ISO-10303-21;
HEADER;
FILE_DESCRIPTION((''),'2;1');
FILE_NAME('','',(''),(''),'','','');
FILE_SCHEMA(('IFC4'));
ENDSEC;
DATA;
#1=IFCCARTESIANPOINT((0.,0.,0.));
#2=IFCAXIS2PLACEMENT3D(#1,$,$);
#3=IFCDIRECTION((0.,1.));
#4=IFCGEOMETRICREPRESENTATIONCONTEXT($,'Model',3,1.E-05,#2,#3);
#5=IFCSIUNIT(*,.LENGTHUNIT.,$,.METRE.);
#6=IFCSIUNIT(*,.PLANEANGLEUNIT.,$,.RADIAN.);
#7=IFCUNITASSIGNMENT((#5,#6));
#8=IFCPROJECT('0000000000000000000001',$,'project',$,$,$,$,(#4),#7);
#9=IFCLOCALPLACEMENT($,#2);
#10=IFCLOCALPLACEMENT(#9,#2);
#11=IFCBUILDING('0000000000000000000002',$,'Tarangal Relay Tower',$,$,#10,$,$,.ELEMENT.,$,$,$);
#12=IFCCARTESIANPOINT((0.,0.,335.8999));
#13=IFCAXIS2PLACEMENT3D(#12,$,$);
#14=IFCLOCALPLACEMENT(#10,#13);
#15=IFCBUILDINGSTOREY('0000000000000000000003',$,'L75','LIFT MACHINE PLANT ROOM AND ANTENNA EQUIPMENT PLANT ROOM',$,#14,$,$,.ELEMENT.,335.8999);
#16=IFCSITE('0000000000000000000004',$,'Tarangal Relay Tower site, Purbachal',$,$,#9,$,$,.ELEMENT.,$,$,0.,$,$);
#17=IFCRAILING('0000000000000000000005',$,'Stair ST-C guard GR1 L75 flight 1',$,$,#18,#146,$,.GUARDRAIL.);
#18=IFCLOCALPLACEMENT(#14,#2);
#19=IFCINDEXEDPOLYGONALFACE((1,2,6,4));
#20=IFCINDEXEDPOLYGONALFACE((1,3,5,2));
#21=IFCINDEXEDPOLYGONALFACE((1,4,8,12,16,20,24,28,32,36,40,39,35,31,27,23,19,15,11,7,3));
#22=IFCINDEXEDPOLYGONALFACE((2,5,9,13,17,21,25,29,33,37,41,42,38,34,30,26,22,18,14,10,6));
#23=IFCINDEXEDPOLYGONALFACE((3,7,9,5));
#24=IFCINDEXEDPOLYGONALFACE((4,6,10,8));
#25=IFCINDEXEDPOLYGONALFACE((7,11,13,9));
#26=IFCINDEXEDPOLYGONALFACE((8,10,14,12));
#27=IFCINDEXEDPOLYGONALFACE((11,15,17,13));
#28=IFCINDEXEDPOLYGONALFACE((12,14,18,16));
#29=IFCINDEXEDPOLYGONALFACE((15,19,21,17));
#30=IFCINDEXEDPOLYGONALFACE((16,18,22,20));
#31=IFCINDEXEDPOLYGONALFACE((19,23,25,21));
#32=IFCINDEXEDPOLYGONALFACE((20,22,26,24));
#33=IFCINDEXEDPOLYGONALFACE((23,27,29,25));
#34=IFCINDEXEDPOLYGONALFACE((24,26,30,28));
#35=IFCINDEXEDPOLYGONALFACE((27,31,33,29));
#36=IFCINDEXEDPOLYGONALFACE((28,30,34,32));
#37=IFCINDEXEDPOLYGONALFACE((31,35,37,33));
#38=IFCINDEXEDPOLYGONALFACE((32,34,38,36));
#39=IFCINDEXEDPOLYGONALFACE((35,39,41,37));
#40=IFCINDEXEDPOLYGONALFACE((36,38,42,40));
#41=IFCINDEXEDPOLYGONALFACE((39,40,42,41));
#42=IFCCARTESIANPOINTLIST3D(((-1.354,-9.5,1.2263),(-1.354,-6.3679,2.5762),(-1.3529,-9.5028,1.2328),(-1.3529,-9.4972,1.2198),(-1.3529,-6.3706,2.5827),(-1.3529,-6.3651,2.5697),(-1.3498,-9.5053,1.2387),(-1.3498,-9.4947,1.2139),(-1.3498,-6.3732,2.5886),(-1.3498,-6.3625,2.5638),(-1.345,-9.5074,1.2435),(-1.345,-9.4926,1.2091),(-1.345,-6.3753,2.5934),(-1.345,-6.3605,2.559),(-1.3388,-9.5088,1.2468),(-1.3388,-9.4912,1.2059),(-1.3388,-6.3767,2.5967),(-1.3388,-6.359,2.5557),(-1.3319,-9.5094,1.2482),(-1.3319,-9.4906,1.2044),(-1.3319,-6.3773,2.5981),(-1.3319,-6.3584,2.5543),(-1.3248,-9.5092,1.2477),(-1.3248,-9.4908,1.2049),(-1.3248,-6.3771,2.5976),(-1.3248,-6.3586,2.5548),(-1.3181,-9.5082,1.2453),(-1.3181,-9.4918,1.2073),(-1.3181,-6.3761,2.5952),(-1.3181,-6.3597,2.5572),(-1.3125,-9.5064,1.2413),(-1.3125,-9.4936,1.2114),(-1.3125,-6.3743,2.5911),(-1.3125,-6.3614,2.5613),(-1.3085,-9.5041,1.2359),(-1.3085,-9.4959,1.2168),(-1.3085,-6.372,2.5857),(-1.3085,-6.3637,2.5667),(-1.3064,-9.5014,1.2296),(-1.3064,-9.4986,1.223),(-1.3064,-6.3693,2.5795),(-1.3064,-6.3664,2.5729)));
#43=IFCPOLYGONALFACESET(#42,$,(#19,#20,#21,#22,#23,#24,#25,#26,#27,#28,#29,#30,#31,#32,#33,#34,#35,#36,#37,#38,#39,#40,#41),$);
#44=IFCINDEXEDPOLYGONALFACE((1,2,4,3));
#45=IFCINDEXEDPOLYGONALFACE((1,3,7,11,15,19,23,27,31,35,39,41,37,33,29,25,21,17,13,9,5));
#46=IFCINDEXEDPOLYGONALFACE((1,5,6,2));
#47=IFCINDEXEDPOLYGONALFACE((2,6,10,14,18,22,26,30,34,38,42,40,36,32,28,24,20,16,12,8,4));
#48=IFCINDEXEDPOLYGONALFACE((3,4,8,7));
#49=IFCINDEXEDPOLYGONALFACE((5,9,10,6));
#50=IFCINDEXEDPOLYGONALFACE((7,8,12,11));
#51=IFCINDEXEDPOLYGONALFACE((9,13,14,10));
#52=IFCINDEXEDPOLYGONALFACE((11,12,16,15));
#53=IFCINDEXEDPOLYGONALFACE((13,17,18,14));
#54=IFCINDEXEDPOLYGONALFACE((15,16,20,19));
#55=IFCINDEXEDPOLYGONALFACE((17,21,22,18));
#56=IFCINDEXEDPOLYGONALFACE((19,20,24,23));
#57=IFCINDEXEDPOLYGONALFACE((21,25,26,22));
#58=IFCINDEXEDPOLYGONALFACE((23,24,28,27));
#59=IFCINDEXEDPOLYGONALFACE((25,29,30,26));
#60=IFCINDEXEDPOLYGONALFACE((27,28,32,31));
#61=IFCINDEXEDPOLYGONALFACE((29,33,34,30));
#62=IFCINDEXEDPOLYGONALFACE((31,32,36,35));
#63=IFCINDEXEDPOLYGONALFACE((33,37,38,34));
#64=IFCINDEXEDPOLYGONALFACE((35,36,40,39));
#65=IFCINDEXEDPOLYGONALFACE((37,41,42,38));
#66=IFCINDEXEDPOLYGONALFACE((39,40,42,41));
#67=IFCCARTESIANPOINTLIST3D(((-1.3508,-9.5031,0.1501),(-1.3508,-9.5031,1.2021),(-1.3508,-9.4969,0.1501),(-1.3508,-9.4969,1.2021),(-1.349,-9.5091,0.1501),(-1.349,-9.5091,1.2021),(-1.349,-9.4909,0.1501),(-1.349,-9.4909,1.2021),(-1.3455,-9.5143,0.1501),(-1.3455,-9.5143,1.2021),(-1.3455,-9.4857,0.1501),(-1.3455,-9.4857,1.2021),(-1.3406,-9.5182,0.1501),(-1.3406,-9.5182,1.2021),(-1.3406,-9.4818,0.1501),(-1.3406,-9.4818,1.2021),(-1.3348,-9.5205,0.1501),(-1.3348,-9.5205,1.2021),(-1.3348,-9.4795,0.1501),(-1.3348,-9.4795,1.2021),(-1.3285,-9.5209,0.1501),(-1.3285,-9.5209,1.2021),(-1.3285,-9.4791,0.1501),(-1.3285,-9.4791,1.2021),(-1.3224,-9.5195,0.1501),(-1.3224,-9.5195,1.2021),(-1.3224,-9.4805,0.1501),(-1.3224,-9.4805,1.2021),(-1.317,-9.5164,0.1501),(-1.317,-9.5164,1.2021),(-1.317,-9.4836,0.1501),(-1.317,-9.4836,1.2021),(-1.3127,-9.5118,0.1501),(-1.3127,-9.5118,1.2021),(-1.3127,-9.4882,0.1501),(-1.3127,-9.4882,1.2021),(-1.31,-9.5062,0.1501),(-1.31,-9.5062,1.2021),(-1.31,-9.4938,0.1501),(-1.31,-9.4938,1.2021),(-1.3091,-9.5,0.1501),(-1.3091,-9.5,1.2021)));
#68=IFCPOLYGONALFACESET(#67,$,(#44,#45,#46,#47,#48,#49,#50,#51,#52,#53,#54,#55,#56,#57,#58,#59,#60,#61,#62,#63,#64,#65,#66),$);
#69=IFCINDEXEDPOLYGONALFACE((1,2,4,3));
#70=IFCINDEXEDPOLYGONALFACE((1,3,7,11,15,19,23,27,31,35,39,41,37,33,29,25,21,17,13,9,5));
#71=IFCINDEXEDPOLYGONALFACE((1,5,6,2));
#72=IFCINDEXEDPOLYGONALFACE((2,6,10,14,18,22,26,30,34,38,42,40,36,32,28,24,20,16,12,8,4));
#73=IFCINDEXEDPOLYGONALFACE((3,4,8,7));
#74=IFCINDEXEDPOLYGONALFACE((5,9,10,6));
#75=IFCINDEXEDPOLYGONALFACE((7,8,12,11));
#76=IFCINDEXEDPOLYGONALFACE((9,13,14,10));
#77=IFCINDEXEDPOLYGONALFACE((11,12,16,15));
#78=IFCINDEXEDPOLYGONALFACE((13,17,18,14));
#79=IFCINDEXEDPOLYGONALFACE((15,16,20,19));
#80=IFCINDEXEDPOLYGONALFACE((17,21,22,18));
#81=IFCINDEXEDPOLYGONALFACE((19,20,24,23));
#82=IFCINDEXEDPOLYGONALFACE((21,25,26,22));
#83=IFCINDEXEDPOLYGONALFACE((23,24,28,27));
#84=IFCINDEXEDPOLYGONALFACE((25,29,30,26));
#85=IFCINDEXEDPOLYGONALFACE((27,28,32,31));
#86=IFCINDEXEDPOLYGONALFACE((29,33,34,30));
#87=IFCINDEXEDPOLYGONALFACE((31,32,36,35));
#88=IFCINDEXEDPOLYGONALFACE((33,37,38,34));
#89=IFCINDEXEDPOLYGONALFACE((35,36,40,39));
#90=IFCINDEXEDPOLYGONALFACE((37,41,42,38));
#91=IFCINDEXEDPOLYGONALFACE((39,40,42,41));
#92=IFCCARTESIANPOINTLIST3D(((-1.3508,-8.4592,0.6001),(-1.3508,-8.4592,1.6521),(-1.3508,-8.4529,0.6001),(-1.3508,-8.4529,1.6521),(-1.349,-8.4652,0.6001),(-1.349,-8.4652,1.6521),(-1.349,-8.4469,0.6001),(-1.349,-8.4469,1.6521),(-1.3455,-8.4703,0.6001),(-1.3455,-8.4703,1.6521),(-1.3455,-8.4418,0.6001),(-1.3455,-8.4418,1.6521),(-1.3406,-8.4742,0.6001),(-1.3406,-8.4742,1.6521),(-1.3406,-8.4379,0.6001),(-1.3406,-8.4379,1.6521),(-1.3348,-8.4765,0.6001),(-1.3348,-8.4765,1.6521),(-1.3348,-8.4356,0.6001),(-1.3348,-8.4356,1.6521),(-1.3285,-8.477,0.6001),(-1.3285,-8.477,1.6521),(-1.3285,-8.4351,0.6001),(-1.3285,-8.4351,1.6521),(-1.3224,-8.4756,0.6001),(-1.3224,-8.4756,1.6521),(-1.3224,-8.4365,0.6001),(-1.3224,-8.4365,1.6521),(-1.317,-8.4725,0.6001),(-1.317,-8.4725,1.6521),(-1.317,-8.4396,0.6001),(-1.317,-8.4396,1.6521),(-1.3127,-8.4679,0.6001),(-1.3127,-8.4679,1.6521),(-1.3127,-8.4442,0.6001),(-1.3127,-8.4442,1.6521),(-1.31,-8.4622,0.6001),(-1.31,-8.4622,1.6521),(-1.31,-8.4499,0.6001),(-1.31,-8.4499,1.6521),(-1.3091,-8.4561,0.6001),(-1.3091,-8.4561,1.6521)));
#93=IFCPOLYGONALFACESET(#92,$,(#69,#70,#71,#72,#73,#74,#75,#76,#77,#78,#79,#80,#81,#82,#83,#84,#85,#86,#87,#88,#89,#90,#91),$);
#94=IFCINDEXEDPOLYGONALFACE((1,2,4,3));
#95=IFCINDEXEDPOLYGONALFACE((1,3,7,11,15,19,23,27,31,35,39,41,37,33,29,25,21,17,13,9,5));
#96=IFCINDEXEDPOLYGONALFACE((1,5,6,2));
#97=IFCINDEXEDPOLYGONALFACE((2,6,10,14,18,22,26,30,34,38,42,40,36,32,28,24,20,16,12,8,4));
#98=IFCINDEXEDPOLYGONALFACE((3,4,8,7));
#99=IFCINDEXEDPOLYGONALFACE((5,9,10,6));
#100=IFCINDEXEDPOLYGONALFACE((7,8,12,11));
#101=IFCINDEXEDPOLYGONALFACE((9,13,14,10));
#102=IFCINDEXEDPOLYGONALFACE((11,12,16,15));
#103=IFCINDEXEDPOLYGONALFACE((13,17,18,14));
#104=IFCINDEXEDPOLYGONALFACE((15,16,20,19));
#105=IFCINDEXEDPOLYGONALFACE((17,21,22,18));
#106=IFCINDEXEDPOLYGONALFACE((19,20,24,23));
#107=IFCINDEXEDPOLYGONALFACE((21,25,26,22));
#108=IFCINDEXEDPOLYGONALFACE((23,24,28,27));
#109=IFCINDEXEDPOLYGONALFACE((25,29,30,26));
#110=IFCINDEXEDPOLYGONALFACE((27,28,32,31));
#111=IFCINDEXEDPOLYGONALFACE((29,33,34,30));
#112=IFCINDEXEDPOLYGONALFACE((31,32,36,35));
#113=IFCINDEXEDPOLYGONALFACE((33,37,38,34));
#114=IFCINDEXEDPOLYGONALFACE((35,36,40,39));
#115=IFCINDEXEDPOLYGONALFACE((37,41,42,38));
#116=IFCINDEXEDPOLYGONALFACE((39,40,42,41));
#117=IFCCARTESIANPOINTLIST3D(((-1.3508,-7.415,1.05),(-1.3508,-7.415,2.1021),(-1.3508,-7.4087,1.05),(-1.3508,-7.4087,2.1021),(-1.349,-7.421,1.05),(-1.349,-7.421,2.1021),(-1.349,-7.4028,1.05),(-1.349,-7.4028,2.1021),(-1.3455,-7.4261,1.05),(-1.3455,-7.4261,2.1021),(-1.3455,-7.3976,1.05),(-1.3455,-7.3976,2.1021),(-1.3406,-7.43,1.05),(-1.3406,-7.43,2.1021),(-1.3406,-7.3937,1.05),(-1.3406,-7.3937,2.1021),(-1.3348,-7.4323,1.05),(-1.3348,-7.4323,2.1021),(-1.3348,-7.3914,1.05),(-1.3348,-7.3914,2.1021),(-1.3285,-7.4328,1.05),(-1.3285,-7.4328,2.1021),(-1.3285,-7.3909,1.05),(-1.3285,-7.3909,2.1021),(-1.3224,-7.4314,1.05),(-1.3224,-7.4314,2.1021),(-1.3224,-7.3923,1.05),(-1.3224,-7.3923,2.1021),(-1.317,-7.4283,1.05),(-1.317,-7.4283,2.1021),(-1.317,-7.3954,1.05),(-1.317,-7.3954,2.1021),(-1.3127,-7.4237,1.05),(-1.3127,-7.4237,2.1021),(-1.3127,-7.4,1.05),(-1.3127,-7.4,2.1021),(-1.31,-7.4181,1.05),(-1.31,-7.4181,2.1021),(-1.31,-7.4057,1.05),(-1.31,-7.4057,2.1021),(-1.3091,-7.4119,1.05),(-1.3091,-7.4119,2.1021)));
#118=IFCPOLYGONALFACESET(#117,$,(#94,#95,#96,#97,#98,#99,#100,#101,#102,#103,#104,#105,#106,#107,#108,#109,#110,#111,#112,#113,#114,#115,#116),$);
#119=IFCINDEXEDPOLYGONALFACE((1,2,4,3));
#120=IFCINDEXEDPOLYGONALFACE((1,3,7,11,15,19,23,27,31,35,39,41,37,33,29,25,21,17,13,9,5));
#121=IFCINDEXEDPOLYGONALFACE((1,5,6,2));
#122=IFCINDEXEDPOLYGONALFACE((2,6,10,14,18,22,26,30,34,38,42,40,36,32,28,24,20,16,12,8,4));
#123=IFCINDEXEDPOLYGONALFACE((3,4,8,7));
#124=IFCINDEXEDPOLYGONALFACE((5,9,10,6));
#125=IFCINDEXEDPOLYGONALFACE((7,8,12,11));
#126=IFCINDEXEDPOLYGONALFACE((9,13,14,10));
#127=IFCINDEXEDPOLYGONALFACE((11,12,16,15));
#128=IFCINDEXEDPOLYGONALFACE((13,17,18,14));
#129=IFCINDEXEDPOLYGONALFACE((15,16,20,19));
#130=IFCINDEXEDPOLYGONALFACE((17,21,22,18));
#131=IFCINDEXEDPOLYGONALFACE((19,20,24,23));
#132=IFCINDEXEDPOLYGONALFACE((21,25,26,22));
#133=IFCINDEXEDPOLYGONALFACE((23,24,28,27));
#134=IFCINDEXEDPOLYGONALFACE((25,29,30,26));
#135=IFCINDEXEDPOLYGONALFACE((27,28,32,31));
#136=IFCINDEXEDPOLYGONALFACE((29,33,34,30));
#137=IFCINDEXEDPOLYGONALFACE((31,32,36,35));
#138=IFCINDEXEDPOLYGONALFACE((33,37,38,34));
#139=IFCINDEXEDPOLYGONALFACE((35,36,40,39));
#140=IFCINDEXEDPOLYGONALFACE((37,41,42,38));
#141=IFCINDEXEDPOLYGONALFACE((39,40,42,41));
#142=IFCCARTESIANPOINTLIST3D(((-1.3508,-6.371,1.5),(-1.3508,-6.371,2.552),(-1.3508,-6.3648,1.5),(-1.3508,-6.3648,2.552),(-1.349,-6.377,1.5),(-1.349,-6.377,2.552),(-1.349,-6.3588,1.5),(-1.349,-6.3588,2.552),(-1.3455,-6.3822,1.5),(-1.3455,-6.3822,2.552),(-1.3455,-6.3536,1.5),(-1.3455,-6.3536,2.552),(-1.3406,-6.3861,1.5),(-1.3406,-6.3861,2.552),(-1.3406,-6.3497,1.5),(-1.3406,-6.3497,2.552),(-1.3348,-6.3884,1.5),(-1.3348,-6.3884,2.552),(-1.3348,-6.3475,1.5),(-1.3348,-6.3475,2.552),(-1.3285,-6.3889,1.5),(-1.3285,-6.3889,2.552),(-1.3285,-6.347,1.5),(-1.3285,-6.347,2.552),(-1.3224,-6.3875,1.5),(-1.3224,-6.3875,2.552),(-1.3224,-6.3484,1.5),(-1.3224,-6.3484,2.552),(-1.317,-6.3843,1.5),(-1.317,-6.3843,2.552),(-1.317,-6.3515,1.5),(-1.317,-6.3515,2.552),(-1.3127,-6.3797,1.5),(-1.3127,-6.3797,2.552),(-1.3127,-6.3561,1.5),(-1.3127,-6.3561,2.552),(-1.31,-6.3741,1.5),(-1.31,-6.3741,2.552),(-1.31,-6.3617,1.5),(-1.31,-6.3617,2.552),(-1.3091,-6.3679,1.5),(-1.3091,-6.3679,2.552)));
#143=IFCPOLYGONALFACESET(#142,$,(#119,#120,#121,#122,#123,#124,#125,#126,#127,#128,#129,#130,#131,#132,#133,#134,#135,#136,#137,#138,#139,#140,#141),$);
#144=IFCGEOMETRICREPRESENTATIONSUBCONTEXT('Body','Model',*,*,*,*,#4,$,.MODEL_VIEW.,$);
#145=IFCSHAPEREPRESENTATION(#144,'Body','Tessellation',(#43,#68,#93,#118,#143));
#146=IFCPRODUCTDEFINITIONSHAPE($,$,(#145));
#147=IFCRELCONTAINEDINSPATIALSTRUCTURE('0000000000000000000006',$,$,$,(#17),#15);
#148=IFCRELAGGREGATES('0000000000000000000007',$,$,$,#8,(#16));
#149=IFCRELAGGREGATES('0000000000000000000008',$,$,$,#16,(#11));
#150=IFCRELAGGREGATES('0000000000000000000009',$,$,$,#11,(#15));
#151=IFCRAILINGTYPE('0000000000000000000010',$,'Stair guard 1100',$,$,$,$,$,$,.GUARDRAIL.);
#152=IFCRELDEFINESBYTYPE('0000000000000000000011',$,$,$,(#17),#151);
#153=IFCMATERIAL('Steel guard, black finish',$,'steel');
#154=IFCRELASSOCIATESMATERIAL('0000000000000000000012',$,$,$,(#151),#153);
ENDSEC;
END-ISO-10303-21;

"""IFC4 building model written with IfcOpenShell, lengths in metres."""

from ifc_helpers import new_model, si_unit, direction, frame, origin, origin_2d, place, context, subcontext, project, spatial, circle, extrude, material, type_object, element, save


model = new_model("IFC4")

# Units and contexts
model_context = context("Model", 3, precision=1e-05, world=origin(), true_north=direction((0.0, 1.0)))
body_context = subcontext(model_context, "Body", "Model", "MODEL_VIEW")
ifc_project = project(units=[si_unit("LENGTHUNIT", "METRE"), si_unit("PLANEANGLEUNIT", "RADIAN")], contexts=[model_context])

# Site, building, storey
site_placement = place(None, origin())
site = spatial("IfcSite", under=ifc_project, at=site_placement, Name="Tarangal Relay Tower site, Purbachal", CompositionType="ELEMENT", RefElevation=0.0)
building_placement = place(site_placement, origin())
building = spatial("IfcBuilding", under=site, at=building_placement, Name="Tarangal Relay Tower", CompositionType="ELEMENT")
storey_placement = place(building_placement, frame((0.0, 0.0, 335.8999)))
storey = spatial("IfcBuildingStorey", under=building, at=storey_placement, Name="L75", Description="LIFT MACHINE PLANT ROOM AND ANTENNA EQUIPMENT PLANT ROOM", CompositionType="ELEMENT", Elevation=335.8999)

# Railing
ifc_material_1 = material(Name="Steel guard, black finish", Category="steel")
railing_type_1 = type_object("IfcRailingType", Name="Stair guard 1100", PredefinedType="GUARDRAIL", material=ifc_material_1)
for number, where, name in (
    (1, (-1.3301, -9.5, 0.1501), "Stair ST-C guard GR1 L75 flight 1"),
):
    element("IfcRailing", number, at=place(storey_placement, frame(where)), inside=storey, type_object=railing_type_1, Name=name, PredefinedType="GUARDRAIL", context=body_context, shape_type="SweptSolid", body=[
        extrude(circle(Radius=0.0239, at=origin_2d()), frame((0.0, 0.0, 1.0762), z_axis=(0.0, 0.918343, 0.395785), x_axis=(-1.0, 0.0, 0.0)), (0.0, 0.0, 1.0), 3.4106),
        extrude(circle(Radius=0.021, at=origin_2d()), origin(), (0.0, 0.0, 1.0), 1.052),
        extrude(circle(Radius=0.021, at=origin_2d()), frame((0.0, 1.0439, 0.45)), (0.0, 0.0, 1.0), 1.052),
        extrude(circle(Radius=0.021, at=origin_2d()), frame((0.0, 2.0881, 0.8999)), (0.0, 0.0, 1.0), 1.052),
        extrude(circle(Radius=0.021, at=origin_2d()), frame((0.0, 3.1321, 1.3499)), (0.0, 0.0, 1.0), 1.052),
    ])

save(model, "model.ifc")
